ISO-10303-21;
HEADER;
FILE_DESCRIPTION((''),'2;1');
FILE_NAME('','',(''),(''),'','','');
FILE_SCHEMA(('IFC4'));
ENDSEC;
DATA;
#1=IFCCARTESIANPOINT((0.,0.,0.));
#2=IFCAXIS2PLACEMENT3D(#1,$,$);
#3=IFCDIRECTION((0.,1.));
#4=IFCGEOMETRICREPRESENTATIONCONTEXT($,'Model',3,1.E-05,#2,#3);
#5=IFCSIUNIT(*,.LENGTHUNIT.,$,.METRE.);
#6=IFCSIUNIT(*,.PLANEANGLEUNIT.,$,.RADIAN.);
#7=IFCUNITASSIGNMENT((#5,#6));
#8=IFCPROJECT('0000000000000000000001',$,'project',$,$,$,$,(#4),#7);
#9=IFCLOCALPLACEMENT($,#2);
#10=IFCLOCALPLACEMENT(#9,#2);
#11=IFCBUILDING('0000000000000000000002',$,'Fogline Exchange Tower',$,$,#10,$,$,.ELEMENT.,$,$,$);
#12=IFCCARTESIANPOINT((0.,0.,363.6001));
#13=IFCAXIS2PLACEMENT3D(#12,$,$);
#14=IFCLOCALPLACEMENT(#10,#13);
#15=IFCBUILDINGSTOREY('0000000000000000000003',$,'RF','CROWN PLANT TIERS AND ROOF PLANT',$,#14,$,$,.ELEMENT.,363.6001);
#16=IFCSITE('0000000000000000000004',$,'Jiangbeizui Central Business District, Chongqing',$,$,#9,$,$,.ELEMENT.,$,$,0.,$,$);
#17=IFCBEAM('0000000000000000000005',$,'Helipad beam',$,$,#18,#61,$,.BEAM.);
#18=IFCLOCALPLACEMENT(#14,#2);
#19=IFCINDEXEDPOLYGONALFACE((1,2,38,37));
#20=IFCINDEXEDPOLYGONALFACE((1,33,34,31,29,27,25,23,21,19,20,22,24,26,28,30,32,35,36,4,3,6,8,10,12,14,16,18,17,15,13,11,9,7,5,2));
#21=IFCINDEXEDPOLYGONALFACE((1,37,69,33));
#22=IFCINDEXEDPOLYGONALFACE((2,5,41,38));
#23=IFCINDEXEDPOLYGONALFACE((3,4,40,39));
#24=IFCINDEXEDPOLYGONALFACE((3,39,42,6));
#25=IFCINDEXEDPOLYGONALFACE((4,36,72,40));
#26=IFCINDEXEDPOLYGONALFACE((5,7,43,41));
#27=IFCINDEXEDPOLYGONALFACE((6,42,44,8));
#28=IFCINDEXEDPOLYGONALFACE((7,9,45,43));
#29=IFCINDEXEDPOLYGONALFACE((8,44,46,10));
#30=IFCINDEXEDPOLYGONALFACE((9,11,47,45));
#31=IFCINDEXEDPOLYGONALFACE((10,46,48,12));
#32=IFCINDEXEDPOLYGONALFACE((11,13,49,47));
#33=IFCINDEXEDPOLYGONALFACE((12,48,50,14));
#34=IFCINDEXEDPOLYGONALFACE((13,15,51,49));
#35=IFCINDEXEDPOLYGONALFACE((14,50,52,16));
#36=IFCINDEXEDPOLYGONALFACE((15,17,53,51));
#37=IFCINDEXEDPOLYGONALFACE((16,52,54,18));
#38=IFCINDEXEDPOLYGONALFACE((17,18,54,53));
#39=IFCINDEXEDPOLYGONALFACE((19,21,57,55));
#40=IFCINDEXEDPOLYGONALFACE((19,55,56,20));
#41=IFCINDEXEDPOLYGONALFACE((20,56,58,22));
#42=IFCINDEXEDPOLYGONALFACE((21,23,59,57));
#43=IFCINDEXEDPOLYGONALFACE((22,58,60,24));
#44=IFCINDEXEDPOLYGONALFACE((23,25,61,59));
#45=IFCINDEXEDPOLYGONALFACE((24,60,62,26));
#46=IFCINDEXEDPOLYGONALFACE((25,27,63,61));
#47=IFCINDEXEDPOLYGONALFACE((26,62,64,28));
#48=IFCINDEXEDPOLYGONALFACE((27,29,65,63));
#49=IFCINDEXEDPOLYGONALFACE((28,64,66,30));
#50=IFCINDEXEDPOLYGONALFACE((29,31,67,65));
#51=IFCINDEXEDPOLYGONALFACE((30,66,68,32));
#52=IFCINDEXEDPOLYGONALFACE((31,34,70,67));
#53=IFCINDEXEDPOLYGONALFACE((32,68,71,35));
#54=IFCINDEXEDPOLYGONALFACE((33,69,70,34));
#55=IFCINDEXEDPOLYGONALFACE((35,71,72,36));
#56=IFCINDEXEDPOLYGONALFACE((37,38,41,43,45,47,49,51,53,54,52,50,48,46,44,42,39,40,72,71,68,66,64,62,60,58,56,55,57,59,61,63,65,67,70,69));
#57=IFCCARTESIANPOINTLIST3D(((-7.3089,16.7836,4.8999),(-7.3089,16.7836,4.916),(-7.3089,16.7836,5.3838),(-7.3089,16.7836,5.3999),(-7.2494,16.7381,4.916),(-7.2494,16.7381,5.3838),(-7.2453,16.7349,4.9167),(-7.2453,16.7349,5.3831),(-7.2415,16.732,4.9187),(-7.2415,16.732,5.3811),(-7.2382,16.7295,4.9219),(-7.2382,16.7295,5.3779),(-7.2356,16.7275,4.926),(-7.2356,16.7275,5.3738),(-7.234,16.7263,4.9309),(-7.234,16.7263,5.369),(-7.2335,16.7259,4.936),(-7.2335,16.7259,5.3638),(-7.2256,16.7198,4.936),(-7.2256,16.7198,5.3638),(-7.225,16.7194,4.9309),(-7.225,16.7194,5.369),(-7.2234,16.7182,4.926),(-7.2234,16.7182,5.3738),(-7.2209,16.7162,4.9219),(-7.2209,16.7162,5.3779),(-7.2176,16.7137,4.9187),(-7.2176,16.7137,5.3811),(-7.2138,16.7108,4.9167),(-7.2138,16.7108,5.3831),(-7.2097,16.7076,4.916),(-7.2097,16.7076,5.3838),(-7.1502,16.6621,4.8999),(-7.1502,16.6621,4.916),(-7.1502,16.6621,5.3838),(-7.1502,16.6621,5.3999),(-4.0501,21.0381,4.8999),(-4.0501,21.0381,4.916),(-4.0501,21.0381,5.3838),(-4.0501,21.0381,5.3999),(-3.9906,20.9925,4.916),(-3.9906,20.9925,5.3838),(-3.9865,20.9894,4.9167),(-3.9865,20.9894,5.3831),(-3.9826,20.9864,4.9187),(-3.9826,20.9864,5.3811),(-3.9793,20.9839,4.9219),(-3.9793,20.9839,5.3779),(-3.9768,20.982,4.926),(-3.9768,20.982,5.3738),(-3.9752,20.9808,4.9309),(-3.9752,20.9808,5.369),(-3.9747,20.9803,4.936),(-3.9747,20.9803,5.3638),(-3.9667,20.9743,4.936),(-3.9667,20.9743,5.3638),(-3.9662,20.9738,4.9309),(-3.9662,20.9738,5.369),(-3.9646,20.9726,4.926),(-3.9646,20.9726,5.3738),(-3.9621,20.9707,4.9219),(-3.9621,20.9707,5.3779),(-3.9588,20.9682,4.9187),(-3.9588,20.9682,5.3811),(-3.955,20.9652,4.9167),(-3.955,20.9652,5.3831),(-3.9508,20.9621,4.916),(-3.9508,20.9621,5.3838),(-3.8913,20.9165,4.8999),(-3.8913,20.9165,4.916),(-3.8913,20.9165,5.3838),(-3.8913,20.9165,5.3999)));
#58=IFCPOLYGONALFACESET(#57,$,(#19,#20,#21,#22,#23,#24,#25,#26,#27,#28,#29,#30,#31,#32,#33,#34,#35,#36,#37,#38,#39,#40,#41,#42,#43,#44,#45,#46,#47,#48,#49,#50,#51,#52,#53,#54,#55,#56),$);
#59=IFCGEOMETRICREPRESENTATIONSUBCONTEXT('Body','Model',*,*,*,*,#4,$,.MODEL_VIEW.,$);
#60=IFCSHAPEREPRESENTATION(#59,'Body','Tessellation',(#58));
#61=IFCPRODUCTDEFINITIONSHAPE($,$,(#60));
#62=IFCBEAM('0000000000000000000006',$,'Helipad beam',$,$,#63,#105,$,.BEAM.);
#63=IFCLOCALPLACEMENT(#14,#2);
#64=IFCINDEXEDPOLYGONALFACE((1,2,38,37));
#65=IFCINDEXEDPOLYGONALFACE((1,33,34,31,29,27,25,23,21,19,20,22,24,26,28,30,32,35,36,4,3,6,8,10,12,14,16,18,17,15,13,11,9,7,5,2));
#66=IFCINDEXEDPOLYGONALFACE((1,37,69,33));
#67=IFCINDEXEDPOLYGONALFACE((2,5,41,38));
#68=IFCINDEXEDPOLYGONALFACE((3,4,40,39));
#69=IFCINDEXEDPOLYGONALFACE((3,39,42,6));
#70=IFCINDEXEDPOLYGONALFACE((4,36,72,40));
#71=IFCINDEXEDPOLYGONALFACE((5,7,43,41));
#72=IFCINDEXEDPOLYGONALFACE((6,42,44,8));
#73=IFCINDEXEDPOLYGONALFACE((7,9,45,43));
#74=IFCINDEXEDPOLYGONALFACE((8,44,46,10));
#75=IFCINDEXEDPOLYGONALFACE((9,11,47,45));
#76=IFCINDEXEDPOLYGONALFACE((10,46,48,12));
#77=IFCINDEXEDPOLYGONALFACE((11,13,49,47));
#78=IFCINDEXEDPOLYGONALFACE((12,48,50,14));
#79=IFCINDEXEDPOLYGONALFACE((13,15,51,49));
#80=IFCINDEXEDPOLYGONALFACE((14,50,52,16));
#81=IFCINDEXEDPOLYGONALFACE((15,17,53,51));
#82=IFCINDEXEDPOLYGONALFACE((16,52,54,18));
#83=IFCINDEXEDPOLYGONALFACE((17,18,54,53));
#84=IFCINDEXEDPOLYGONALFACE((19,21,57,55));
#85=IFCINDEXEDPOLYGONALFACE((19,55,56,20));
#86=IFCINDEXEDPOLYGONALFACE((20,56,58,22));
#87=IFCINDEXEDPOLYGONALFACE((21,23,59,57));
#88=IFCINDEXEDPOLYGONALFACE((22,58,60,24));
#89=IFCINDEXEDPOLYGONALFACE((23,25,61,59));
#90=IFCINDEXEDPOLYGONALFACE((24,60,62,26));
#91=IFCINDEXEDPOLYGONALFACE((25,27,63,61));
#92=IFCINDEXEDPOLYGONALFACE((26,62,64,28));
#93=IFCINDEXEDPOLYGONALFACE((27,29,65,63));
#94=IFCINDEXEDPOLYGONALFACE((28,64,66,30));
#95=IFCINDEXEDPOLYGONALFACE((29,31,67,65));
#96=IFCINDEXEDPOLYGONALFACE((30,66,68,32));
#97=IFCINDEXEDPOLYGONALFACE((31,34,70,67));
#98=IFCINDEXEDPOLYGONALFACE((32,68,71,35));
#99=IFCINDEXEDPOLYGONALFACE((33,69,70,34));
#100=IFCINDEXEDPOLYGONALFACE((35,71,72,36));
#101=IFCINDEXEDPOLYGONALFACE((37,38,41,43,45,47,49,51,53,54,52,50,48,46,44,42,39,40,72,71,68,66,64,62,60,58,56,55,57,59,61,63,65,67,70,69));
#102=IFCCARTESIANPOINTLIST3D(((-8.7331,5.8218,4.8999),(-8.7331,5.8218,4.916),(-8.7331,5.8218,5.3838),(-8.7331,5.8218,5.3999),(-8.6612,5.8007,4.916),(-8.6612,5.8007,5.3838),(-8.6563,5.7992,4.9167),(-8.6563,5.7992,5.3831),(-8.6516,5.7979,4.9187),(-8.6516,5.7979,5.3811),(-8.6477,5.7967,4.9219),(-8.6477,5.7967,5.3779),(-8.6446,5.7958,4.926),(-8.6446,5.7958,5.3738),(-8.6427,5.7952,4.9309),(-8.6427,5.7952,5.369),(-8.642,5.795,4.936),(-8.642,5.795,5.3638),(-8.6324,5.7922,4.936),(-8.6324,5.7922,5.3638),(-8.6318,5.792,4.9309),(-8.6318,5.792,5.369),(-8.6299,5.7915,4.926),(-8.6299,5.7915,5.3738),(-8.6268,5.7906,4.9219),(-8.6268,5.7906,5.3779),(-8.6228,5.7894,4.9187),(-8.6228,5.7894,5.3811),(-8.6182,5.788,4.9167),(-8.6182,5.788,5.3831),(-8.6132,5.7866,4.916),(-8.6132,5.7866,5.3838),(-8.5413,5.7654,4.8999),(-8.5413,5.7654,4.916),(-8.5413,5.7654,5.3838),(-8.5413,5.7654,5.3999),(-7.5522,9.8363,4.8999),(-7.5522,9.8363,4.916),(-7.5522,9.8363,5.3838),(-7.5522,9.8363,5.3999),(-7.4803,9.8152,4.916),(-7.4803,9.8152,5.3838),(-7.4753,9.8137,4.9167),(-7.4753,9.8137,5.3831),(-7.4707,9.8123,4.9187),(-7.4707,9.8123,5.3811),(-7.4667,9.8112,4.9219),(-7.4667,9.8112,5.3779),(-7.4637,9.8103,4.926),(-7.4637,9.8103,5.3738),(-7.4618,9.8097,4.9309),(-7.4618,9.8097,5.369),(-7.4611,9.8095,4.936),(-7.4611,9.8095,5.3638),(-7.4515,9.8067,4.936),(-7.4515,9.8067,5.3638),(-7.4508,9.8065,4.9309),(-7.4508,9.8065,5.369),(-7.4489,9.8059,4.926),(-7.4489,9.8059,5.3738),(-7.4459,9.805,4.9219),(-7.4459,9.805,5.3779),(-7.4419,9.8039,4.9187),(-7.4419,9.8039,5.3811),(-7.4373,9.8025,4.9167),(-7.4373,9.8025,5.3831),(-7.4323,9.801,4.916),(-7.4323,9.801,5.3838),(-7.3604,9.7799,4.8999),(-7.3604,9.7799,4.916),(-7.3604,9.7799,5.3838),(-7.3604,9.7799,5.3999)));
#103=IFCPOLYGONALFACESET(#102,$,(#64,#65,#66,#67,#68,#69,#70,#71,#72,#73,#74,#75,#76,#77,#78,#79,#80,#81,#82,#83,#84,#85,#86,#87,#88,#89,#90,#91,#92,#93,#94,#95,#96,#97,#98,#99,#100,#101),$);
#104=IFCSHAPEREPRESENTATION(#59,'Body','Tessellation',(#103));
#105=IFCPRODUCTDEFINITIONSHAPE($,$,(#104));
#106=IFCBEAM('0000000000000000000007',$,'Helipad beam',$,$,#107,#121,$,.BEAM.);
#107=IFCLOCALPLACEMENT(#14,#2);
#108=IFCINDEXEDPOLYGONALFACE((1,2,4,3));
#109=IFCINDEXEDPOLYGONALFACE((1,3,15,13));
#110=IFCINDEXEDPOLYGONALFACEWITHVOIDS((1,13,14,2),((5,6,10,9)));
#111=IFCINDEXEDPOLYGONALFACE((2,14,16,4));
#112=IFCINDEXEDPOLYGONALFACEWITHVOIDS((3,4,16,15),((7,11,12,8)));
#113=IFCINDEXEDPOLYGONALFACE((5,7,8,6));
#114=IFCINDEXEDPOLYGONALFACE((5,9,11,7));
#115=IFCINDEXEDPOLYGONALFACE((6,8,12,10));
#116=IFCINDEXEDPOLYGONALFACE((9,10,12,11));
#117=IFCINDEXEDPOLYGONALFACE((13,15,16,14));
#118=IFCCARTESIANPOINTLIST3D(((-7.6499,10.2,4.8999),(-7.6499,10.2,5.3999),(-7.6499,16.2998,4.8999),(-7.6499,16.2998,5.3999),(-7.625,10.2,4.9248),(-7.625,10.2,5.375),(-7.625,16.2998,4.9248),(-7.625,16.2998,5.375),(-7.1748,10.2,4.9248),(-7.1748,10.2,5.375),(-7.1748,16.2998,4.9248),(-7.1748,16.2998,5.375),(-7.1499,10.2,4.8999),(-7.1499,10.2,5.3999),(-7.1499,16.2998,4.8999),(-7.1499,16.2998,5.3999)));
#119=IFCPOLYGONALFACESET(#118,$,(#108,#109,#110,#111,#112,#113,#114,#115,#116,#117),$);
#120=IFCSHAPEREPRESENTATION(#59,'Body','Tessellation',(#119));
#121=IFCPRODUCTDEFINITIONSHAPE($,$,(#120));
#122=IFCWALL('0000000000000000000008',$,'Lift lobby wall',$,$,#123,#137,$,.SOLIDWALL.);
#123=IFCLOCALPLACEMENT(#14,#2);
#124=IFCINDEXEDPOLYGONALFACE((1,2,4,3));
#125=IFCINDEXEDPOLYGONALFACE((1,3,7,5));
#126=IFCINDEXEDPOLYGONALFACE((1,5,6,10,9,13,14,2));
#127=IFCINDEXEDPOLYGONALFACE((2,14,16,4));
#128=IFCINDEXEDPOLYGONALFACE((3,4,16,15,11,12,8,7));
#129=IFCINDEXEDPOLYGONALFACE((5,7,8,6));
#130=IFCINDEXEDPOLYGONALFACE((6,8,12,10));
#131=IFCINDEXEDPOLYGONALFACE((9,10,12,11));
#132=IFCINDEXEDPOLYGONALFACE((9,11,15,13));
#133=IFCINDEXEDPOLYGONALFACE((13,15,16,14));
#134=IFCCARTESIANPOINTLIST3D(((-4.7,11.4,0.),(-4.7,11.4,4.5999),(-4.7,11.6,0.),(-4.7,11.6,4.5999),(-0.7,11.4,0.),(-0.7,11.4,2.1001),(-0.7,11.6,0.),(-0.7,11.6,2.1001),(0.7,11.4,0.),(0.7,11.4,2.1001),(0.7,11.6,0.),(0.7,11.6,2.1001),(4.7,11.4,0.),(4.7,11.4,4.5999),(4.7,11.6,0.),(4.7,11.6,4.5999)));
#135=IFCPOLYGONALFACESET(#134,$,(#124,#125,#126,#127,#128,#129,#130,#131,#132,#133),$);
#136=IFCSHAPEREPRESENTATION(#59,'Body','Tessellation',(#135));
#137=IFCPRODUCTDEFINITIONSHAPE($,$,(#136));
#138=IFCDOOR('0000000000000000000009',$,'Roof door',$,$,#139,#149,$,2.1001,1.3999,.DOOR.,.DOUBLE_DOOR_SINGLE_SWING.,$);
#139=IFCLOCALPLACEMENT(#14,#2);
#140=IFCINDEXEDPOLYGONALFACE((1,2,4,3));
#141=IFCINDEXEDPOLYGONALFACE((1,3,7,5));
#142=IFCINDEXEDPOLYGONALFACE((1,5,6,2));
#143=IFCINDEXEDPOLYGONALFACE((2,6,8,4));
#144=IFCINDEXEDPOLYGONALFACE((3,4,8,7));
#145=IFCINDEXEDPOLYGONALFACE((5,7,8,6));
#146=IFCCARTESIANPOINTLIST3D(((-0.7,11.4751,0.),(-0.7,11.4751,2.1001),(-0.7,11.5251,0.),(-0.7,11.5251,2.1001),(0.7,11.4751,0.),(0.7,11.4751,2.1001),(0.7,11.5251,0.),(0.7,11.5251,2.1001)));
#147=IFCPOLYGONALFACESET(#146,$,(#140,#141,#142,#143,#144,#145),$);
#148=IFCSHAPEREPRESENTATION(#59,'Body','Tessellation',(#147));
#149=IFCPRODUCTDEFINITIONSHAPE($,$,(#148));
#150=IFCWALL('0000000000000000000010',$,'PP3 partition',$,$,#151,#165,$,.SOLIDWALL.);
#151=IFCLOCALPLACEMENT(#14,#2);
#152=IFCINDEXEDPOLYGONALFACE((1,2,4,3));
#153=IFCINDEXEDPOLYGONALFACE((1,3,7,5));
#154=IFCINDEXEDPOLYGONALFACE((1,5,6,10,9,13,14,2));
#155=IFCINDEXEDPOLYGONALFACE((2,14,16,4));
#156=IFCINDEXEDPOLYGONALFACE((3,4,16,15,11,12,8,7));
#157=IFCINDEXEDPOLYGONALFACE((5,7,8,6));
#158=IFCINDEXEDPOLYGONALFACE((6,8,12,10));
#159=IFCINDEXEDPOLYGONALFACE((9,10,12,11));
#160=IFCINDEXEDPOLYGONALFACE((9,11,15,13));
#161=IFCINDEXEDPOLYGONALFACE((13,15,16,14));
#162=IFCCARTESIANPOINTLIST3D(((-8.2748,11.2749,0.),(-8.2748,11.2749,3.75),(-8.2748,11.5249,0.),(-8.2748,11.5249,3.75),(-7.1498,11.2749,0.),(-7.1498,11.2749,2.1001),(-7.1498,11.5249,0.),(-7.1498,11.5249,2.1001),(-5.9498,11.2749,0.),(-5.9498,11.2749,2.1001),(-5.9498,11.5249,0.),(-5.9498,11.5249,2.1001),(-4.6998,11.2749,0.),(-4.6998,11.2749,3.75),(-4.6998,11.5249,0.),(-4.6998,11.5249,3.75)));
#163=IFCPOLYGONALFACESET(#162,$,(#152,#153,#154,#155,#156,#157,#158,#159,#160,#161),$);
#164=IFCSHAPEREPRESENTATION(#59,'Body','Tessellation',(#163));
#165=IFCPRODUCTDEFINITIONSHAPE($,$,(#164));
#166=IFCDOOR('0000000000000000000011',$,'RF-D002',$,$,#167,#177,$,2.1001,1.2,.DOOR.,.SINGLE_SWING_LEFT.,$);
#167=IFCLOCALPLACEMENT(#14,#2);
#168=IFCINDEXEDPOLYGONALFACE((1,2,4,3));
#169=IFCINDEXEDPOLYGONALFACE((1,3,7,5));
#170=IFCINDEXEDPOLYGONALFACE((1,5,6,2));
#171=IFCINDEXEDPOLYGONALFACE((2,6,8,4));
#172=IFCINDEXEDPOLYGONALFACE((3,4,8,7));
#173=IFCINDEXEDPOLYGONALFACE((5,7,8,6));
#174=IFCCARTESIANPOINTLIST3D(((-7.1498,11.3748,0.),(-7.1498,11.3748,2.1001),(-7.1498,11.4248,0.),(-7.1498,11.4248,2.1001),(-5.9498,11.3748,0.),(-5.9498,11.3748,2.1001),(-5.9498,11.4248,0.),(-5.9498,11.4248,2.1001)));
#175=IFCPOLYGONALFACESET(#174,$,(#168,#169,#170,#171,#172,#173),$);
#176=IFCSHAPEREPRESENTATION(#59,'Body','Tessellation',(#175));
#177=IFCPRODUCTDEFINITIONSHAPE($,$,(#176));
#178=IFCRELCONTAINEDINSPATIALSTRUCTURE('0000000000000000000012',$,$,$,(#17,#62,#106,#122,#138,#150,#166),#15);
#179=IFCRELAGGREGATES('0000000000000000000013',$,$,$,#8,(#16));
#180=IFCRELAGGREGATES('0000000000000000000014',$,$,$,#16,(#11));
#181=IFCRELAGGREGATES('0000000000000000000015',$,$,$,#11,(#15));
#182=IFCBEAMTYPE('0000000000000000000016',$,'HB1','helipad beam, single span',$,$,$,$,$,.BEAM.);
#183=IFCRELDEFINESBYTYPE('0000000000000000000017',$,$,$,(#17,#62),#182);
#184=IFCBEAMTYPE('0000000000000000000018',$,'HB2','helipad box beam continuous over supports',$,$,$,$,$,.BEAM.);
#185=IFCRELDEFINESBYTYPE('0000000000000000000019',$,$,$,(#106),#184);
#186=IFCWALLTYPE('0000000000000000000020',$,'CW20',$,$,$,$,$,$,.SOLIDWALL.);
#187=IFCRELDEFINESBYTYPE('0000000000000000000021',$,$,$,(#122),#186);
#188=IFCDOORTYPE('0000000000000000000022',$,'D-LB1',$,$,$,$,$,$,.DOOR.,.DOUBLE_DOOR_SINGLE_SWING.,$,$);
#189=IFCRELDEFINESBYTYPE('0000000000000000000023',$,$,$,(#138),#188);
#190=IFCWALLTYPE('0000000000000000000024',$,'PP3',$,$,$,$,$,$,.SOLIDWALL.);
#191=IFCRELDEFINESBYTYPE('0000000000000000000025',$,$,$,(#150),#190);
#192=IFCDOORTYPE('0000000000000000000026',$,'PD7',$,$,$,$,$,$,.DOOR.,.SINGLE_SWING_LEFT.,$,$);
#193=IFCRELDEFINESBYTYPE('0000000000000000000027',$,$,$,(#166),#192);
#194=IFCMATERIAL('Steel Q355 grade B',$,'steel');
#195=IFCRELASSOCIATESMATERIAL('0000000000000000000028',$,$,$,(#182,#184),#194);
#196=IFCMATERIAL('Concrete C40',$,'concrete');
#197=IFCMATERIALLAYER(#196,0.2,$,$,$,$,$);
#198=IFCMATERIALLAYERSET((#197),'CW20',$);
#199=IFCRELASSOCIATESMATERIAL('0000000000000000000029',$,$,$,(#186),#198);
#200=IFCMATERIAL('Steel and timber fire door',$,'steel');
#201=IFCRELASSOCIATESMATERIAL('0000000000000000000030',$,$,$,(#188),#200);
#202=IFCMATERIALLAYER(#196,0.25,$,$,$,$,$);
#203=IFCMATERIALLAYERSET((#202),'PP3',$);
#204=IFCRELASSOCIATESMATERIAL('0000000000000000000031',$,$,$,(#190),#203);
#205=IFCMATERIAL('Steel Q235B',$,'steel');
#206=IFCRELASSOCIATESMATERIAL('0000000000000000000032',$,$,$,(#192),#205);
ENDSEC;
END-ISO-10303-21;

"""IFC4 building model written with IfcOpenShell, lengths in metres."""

from ifc_helpers import new_model, si_unit, direction, frame, frame_2d, origin, origin_2d, place, context, subcontext, project, spatial, rectangle, hollow_rectangle, i_section, extrude, material, layer, layer_set, material_profile, profile_set, type_object, element, fill, save


model = new_model("IFC4")

# Units and contexts
model_context = context("Model", 3, precision=1e-05, world=origin(), true_north=direction((0.0, 1.0)))
body_context = subcontext(model_context, "Body", "Model", "MODEL_VIEW")
ifc_project = project(units=[si_unit("LENGTHUNIT", "METRE"), si_unit("PLANEANGLEUNIT", "RADIAN")], contexts=[model_context])

# Site, building, storey
site_placement = place(None, origin())
site = spatial("IfcSite", under=ifc_project, at=site_placement, Name="Jiangbeizui Central Business District, Chongqing", CompositionType="ELEMENT", RefElevation=0.0)
building_placement = place(site_placement, origin())
building = spatial("IfcBuilding", under=site, at=building_placement, Name="Fogline Exchange Tower", CompositionType="ELEMENT")
storey_placement = place(building_placement, frame((0.0, 0.0, 363.6001)))
storey = spatial("IfcBuildingStorey", under=building, at=storey_placement, Name="RF", Description="CROWN PLANT TIERS AND ROOF PLANT", CompositionType="ELEMENT", Elevation=363.6001)

# Shared definitions
ifc_material_1 = material(Name="Steel Q355 grade B", Category="steel")

# Beams
ifc_material_2 = material(Name="Concrete C40", Category="concrete")
ifc_material_profile_1 = material_profile(ifc_material_1, i_section(OverallWidth=0.2, OverallDepth=0.5, WebThickness=0.01, FlangeThickness=0.0161, FilletRadius=0.02, at=origin_2d()), Name="HN500X200X10X16")
ifc_profile_set_1 = profile_set([ifc_material_profile_1], Name="Steel Q355 grade B")
beam_type_1 = type_object("IfcBeamType", Name="HB1", Description="helipad beam, single span", PredefinedType="BEAM", material=ifc_profile_set_1)
beam_1_placement = place(storey_placement, frame((-3.9707, 20.9773, 5.1499), z_axis=(-0.608089, -0.793869, 0.0), x_axis=(0.793869, -0.608089, 0.0)))
element("IfcBeam", 1, at=beam_1_placement, inside=storey, type_object=beam_type_1, Name="Helipad beam", PredefinedType="BEAM", context=body_context, shape_type="SweptSolid", body=[
    extrude(i_section(OverallWidth=0.2, OverallDepth=0.5, WebThickness=0.01, FlangeThickness=0.0161, FilletRadius=0.02, at=origin_2d()), origin(), (0.0, 0.0, 1.0), 5.3591),
])
beam_2_placement = place(storey_placement, frame((-7.4563, 9.8081, 5.1499), z_axis=(-0.282211, -0.959352, 0.0), x_axis=(0.959352, -0.282211, 0.0)))
element("IfcBeam", 2, at=beam_2_placement, inside=storey, type_object=beam_type_1, Name="Helipad beam", PredefinedType="BEAM", context=body_context, shape_type="SweptSolid", body=[
    extrude(i_section(OverallWidth=0.2, OverallDepth=0.5, WebThickness=0.01, FlangeThickness=0.0161, FilletRadius=0.02, at=origin_2d()), origin(), (0.0, 0.0, 1.0), 4.1846),
])
ifc_material_profile_2 = material_profile(ifc_material_1, hollow_rectangle(XDim=0.5, YDim=0.5, WallThickness=0.0249, at=origin_2d()), Name="BOX500X500X25")
ifc_profile_set_2 = profile_set([ifc_material_profile_2], Name="Steel Q355 grade B")
beam_type_2 = type_object("IfcBeamType", Name="HB2", Description="helipad box beam continuous over supports", PredefinedType="BEAM", material=ifc_profile_set_2)
beam_3_placement = place(storey_placement, frame((-7.3999, 16.2998, 5.1499), z_axis=(0.0, -1.0, 0.0), x_axis=(1.0, 0.0, 0.0)))
element("IfcBeam", 3, at=beam_3_placement, inside=storey, type_object=beam_type_2, Name="Helipad beam", PredefinedType="BEAM", context=body_context, shape_type="SweptSolid", body=[
    extrude(hollow_rectangle(XDim=0.5, YDim=0.5, WallThickness=0.0249, at=origin_2d()), origin(), (0.0, 0.0, 1.0), 6.0999),
])

# Walls, openings, doors
ifc_layer_1 = layer(ifc_material_2, 0.2)
ifc_layer_set_1 = layer_set([ifc_layer_1], Name="CW20")
wall_type_1 = type_object("IfcWallType", Name="CW20", PredefinedType="SOLIDWALL", material=ifc_layer_set_1)
wall_1_placement = place(storey_placement, frame((-4.7, 11.5, 0.0), z_axis=(0.0, 0.0, 1.0), x_axis=(1.0, 0.0, 0.0)))
wall_1 = element("IfcWall", 4, at=wall_1_placement, inside=storey, type_object=wall_type_1, Name="Lift lobby wall", PredefinedType="SOLIDWALL", context=body_context, shape_type="SweptSolid", body=[
    extrude(rectangle(XDim=9.3999, YDim=0.2, at=frame_2d((4.7, 0.0))), origin(), (0.0, 0.0, 1.0), 4.5999),
])
opening_1_placement = place(wall_1_placement, frame((4.0, 0.0, 0.0)))
opening_1 = element("IfcOpeningElement", 5, at=opening_1_placement, cuts=wall_1, PredefinedType="OPENING", context=body_context, shape_type="SweptSolid", body=[
    extrude(rectangle(XDim=1.3999, YDim=2.1001, at=frame_2d((0.7, 1.05))), frame((0.0, 0.1099, 0.0), z_axis=(0.0, -1.0, 0.0), x_axis=(1.0, 0.0, 0.0)), (0.0, 0.0, 1.0), 0.22),
])
ifc_material_3 = material(Name="Steel and timber fire door", Category="steel")
door_type_1 = type_object("IfcDoorType", Name="D-LB1", OperationType="DOUBLE_DOOR_SINGLE_SWING", PredefinedType="DOOR", material=ifc_material_3)
door_1_placement = place(opening_1_placement, frame((1.3999, 0.0, 0.0), z_axis=(0.0, 0.0, 1.0), x_axis=(-1.0, 0.0, 0.0)))
door_1 = element("IfcDoor", 6, at=door_1_placement, inside=storey, type_object=door_type_1, Name="Roof door", OperationType="DOUBLE_DOOR_SINGLE_SWING", OverallHeight=2.1001, OverallWidth=1.3999, PredefinedType="DOOR", context=body_context, shape_type="SweptSolid", body=[
    extrude(rectangle(XDim=1.3999, YDim=2.1001, at=frame_2d((0.7, 1.05))), frame((0.0, 0.0249, 0.0), z_axis=(0.0, -1.0, 0.0), x_axis=(1.0, 0.0, 0.0)), (0.0, 0.0, 1.0), 0.05),
])
fill(opening_1, door_1)
ifc_layer_2 = layer(ifc_material_2, 0.25)
ifc_layer_set_2 = layer_set([ifc_layer_2], Name="PP3")
wall_type_2 = type_object("IfcWallType", Name="PP3", PredefinedType="SOLIDWALL", material=ifc_layer_set_2)
wall_2_placement = place(storey_placement, frame((-8.2749, 11.3999, 0.0), z_axis=(0.0, 0.0, 1.0), x_axis=(1.0, 0.0, 0.0)))
wall_2 = element("IfcWall", 7, at=wall_2_placement, inside=storey, type_object=wall_type_2, Name="PP3 partition", PredefinedType="SOLIDWALL", context=body_context, shape_type="SweptSolid", body=[
    extrude(rectangle(XDim=3.575, YDim=0.25, at=frame_2d((1.7876, 0.0))), origin(), (0.0, 0.0, 1.0), 3.75),
])
opening_2_placement = place(wall_2_placement, frame((1.125, 0.0, 0.0)))
opening_2 = element("IfcOpeningElement", 8, at=opening_2_placement, cuts=wall_2, PredefinedType="OPENING", context=body_context, shape_type="SweptSolid", body=[
    extrude(rectangle(XDim=1.2, YDim=2.1001, at=frame_2d((0.6001, 1.05))), frame((0.0, 0.135, 0.0), z_axis=(0.0, -1.0, 0.0), x_axis=(1.0, 0.0, 0.0)), (0.0, 0.0, 1.0), 0.27),
])
ifc_material_4 = material(Name="Steel Q235B", Category="steel")
door_type_2 = type_object("IfcDoorType", Name="PD7", OperationType="SINGLE_SWING_LEFT", PredefinedType="DOOR", material=ifc_material_4)
door_2_placement = place(opening_2_placement, origin())
door_2 = element("IfcDoor", 9, at=door_2_placement, inside=storey, type_object=door_type_2, Name="RF-D002", OperationType="SINGLE_SWING_LEFT", OverallHeight=2.1001, OverallWidth=1.2, PredefinedType="DOOR", context=body_context, shape_type="SweptSolid", body=[
    extrude(rectangle(XDim=1.2, YDim=2.1001, at=frame_2d((0.6001, 1.05))), frame((0.0, 0.0249, 0.0), z_axis=(0.0, -1.0, 0.0), x_axis=(1.0, 0.0, 0.0)), (0.0, 0.0, 1.0), 0.05),
])
fill(opening_2, door_2)

save(model, "model.ifc")
